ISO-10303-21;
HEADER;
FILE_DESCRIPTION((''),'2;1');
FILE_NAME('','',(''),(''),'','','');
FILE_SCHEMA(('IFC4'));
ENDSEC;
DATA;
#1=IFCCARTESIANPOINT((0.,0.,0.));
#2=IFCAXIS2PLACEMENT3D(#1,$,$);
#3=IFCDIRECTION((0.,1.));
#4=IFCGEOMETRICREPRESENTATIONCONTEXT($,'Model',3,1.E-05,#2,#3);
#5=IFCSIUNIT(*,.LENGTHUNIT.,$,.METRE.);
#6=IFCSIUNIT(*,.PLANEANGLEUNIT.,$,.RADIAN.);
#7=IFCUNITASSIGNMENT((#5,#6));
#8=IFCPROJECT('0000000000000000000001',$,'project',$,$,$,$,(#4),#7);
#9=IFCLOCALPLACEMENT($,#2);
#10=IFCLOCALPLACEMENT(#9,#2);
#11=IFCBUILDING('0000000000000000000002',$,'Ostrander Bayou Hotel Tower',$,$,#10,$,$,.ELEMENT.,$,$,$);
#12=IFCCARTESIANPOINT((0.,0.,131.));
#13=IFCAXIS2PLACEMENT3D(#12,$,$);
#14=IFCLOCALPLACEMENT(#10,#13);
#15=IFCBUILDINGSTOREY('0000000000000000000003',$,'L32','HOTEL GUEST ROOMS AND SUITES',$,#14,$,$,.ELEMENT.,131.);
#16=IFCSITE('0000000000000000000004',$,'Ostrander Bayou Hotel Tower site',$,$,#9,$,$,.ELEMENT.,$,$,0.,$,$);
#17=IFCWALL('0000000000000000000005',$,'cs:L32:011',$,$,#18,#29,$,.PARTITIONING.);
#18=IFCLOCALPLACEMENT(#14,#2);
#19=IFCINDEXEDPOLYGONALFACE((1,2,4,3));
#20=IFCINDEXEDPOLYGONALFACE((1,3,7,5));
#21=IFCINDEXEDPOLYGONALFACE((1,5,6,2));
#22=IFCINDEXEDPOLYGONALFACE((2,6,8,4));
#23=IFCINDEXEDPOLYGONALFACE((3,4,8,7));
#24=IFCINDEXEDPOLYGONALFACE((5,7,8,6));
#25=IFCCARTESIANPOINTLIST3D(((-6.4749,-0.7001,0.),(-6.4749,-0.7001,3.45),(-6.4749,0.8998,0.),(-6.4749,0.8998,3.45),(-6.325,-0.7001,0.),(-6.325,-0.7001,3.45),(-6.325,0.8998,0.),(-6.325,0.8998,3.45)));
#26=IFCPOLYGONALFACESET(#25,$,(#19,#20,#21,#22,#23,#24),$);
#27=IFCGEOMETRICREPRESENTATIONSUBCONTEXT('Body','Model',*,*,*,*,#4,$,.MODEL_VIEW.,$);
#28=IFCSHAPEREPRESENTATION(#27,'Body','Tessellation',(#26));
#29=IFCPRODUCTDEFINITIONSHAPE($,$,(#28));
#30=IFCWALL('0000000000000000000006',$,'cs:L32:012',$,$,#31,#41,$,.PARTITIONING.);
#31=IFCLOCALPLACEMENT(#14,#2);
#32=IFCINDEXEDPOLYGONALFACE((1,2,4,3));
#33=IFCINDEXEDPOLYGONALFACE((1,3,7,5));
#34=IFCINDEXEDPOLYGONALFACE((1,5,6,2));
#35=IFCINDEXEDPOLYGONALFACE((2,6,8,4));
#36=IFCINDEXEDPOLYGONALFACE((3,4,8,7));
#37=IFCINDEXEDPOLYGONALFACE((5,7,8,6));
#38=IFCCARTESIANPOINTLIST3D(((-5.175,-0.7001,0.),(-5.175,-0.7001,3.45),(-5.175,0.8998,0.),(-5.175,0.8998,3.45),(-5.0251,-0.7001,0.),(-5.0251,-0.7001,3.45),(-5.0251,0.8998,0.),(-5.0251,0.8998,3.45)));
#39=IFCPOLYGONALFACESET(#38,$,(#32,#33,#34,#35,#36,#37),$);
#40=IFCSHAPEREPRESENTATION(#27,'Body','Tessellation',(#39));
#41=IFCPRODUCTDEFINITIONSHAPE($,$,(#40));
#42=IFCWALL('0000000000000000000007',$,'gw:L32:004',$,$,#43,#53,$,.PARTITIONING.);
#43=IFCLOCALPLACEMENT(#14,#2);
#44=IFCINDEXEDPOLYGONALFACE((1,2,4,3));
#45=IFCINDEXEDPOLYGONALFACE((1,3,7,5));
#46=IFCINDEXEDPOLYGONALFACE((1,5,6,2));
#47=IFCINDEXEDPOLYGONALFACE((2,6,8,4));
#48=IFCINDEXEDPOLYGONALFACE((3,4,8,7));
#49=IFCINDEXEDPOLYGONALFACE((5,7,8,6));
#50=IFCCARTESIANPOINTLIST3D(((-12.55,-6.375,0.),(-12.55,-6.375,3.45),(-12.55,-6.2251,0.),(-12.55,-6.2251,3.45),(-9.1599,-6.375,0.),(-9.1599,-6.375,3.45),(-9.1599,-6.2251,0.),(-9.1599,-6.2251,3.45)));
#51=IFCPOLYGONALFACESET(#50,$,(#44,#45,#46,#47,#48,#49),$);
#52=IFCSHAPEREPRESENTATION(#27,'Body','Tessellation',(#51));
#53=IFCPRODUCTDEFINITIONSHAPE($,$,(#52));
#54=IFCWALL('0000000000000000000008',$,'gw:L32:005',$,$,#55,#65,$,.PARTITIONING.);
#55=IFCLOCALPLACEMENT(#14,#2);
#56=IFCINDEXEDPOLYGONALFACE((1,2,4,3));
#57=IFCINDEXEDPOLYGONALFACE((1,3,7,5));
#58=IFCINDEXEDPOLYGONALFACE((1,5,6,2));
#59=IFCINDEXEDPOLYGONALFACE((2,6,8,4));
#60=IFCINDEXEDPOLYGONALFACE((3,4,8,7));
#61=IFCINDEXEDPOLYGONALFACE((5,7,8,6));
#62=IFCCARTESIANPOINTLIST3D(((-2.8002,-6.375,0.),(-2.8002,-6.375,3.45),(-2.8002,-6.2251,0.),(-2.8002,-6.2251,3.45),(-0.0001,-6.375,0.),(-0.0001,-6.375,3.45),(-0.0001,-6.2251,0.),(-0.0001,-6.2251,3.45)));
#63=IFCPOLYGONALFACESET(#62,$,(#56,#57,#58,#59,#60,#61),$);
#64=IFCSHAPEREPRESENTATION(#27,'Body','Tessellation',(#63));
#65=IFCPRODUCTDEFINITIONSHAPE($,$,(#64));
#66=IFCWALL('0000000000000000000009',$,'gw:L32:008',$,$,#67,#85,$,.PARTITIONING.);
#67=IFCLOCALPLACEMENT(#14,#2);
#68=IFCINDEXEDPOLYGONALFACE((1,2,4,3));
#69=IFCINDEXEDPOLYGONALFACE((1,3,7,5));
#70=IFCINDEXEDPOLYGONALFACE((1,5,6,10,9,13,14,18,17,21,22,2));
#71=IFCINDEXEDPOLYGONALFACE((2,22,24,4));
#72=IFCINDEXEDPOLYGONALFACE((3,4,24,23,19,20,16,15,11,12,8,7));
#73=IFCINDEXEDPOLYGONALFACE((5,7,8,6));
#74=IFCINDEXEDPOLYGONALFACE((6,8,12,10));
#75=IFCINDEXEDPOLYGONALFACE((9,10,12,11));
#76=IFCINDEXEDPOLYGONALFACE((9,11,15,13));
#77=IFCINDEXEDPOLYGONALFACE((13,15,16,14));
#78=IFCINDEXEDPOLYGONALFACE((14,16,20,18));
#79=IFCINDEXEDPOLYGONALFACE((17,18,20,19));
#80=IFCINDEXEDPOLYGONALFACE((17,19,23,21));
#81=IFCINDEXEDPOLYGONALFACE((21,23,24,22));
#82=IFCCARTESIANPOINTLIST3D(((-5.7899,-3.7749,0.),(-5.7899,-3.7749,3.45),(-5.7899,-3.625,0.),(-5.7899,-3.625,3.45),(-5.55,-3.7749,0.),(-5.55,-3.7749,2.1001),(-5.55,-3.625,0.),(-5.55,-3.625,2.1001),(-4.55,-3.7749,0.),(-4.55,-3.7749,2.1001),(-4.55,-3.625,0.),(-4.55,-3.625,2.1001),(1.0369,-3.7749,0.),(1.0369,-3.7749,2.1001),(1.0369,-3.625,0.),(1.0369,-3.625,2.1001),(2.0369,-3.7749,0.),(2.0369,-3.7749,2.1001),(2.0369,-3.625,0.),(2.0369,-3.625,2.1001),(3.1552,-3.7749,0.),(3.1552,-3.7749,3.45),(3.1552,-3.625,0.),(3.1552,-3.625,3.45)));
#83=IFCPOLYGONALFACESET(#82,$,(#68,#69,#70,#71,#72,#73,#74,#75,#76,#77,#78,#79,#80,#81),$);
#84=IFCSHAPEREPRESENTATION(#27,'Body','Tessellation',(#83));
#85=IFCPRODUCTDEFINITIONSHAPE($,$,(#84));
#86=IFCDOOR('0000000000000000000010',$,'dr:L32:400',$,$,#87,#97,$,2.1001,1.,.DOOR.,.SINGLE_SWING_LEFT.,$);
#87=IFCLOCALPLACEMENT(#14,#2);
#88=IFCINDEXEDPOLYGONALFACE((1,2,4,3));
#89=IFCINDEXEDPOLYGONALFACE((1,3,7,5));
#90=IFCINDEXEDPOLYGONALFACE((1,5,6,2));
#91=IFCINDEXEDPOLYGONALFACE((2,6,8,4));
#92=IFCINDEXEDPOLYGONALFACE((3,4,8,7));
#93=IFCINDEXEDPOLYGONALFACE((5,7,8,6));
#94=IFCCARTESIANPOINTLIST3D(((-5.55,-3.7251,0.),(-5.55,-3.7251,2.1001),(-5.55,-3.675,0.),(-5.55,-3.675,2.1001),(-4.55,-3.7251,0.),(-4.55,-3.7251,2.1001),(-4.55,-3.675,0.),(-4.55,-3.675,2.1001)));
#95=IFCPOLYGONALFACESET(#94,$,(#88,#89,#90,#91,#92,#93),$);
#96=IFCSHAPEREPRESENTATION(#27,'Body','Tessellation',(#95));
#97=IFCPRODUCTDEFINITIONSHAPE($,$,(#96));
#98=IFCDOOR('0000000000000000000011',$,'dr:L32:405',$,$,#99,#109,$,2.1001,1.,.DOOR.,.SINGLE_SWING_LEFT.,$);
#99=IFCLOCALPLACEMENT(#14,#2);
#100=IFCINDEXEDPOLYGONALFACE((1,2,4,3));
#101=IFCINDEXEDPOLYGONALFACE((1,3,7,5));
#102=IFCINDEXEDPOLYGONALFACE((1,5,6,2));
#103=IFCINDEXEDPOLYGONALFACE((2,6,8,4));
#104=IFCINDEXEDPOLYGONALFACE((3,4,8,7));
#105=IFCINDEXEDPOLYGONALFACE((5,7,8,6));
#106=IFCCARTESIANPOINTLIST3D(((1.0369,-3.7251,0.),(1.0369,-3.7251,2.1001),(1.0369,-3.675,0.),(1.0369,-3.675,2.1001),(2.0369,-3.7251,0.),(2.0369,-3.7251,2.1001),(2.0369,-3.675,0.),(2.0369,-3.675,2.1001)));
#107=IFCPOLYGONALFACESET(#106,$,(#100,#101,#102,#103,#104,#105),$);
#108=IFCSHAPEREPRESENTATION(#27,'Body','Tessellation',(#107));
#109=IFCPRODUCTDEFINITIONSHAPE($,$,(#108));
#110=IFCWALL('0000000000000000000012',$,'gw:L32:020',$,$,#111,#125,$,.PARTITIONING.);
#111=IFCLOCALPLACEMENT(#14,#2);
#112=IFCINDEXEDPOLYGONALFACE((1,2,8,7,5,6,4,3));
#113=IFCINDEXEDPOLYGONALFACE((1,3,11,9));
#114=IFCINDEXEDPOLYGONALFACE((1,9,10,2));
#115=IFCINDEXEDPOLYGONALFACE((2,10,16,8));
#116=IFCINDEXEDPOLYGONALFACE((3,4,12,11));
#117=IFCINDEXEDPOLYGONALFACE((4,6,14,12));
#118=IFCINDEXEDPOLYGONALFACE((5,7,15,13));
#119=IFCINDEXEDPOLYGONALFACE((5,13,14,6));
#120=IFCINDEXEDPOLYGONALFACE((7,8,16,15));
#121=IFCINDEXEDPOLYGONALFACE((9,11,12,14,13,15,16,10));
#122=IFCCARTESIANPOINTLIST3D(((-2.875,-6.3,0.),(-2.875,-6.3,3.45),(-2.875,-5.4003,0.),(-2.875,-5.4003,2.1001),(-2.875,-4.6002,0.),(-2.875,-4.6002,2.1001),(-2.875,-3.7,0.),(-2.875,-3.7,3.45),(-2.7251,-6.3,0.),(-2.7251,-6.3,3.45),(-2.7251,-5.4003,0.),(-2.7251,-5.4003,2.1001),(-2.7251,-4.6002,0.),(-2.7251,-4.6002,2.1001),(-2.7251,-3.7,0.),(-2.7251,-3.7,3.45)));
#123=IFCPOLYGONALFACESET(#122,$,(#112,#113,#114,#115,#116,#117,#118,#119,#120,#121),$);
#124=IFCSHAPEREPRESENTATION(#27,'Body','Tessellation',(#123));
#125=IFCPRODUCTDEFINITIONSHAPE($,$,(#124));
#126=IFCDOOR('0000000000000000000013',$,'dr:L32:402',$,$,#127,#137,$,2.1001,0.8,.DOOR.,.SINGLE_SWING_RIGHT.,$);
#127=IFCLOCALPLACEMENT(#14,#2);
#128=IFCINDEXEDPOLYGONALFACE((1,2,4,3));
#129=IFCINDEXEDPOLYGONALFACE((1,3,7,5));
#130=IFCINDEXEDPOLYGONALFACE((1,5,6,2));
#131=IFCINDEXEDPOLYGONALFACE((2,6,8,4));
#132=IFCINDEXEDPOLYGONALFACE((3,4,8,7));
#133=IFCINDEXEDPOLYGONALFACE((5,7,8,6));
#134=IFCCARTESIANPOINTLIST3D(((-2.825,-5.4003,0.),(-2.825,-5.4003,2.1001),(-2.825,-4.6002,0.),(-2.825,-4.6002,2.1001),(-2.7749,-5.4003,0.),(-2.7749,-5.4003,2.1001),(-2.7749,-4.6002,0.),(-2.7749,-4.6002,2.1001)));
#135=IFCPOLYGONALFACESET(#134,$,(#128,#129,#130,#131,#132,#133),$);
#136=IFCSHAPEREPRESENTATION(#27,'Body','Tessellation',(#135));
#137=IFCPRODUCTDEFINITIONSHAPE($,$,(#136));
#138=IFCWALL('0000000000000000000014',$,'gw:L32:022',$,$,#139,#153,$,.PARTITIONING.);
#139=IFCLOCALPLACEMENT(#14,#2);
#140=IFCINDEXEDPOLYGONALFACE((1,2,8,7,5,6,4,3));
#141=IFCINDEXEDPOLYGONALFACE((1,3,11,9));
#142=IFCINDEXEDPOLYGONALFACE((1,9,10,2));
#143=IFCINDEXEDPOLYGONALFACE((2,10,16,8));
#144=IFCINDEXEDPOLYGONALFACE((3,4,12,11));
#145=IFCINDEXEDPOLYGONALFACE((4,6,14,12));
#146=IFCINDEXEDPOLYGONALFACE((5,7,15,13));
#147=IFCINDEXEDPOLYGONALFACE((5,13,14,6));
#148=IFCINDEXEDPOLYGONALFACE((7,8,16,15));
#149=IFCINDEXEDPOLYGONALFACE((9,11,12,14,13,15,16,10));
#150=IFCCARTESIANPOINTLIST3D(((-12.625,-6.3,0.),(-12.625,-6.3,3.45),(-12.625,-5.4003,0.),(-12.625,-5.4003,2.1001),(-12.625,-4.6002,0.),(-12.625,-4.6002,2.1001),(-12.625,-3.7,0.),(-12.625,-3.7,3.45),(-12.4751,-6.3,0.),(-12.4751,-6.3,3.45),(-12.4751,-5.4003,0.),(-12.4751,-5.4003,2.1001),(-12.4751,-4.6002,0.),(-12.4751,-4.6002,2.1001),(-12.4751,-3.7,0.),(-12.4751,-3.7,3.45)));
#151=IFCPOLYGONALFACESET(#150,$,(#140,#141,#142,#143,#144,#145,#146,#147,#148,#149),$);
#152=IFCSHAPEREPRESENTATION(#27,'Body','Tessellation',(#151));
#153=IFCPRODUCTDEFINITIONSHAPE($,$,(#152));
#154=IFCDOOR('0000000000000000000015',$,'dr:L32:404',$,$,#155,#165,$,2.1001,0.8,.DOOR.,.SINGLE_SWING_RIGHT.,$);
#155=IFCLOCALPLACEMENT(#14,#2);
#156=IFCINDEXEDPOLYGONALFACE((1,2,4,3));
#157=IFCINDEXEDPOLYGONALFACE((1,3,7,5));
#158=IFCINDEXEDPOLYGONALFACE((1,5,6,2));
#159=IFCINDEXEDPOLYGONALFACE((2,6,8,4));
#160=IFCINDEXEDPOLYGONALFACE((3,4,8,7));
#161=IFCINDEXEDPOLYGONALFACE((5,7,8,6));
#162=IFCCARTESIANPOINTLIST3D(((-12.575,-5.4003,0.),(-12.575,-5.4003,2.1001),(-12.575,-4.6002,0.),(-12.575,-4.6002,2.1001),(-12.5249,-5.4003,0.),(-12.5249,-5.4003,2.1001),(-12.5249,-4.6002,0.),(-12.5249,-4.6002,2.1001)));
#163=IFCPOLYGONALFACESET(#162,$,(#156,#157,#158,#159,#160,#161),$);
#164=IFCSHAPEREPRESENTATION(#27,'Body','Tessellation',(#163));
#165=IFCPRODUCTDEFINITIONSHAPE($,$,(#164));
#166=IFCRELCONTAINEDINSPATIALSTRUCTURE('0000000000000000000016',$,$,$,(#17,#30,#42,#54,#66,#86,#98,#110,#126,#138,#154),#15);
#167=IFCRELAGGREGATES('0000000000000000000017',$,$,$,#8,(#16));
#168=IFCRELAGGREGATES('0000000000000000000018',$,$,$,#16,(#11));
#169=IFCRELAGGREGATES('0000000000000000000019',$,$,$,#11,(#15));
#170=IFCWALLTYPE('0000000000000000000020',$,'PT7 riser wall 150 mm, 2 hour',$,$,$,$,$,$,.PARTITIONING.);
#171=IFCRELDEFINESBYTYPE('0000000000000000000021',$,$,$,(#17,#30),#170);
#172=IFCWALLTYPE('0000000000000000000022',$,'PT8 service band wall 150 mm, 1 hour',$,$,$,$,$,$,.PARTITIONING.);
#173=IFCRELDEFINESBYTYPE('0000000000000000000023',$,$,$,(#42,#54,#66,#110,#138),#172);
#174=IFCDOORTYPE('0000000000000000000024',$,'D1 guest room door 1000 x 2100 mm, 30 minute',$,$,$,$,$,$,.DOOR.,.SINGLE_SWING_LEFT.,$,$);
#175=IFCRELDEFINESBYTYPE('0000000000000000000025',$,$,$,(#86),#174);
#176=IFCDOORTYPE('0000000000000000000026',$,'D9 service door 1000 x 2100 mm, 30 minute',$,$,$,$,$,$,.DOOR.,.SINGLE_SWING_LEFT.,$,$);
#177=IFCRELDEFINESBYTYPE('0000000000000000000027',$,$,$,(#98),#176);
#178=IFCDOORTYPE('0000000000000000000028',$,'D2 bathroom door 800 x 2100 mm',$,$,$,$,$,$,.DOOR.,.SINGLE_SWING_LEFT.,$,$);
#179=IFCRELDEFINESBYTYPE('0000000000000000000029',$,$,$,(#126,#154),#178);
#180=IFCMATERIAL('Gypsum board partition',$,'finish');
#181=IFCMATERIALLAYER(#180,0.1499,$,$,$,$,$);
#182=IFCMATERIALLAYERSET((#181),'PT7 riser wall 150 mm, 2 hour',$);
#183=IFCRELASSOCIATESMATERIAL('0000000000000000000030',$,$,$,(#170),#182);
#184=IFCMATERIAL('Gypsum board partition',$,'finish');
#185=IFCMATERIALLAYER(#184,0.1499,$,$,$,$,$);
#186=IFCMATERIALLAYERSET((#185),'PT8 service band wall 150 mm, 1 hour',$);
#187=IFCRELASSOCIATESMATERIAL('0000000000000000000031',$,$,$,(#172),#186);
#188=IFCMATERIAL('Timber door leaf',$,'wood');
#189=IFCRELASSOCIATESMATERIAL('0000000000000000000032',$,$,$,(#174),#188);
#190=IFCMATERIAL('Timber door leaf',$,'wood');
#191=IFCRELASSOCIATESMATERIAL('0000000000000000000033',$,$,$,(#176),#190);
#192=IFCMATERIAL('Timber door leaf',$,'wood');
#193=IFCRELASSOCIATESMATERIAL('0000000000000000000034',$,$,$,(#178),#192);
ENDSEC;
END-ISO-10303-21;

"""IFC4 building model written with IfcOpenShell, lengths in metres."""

from ifc_helpers import new_model, si_unit, direction, frame, frame_2d, origin, place, context, subcontext, project, spatial, rectangle, extrude, material, layer, layer_set, type_object, element, fill, save


model = new_model("IFC4")

# Units and contexts
model_context = context("Model", 3, precision=1e-05, world=origin(), true_north=direction((0.0, 1.0)))
body_context = subcontext(model_context, "Body", "Model", "MODEL_VIEW")
ifc_project = project(units=[si_unit("LENGTHUNIT", "METRE"), si_unit("PLANEANGLEUNIT", "RADIAN")], contexts=[model_context])

# Site, building, storey
site_placement = place(None, origin())
site = spatial("IfcSite", under=ifc_project, at=site_placement, Name="Ostrander Bayou Hotel Tower site", CompositionType="ELEMENT", RefElevation=0.0)
building_placement = place(site_placement, origin())
building = spatial("IfcBuilding", under=site, at=building_placement, Name="Ostrander Bayou Hotel Tower", CompositionType="ELEMENT")
storey_placement = place(building_placement, frame((0.0, 0.0, 131.0)))
storey = spatial("IfcBuildingStorey", under=building, at=storey_placement, Name="L32", Description="HOTEL GUEST ROOMS AND SUITES", CompositionType="ELEMENT", Elevation=131.0)

# Walls
ifc_material_1 = material(Name="Gypsum board partition", Category="finish")
ifc_layer_1 = layer(ifc_material_1, 0.1499)
ifc_layer_set_1 = layer_set([ifc_layer_1], Name="PT7 riser wall 150 mm, 2 hour")
wall_type_1 = type_object("IfcWallType", Name="PT7 riser wall 150 mm, 2 hour", PredefinedType="PARTITIONING", material=ifc_layer_set_1)
for number, where, z_axis, x_axis, name in (
    (1, (-6.3999, -0.7, 0.0), (0.0, 0.0, 1.0), (0.0, 1.0, 0.0), "cs:L32:011"),
    (2, (-5.1001, -0.7, 0.0), (0.0, 0.0, 1.0), (0.0, 1.0, 0.0), "cs:L32:012"),
):
    element("IfcWall", number, at=place(storey_placement, frame(where, z_axis=z_axis, x_axis=x_axis)), inside=storey, type_object=wall_type_1, Name=name, PredefinedType="PARTITIONING", context=body_context, shape_type="SweptSolid", body=[
        extrude(rectangle(XDim=1.5999, YDim=0.1499, at=frame_2d((0.7998, 0.0))), origin(), (0.0, 0.0, 1.0), 3.45),
    ])
ifc_material_2 = material(Name="Gypsum board partition", Category="finish")
ifc_layer_2 = layer(ifc_material_2, 0.1499)
ifc_layer_set_2 = layer_set([ifc_layer_2], Name="PT8 service band wall 150 mm, 1 hour")
wall_type_2 = type_object("IfcWallType", Name="PT8 service band wall 150 mm, 1 hour", PredefinedType="PARTITIONING", material=ifc_layer_set_2)
wall_1_placement = place(storey_placement, frame((-12.55, -6.3, 0.0), z_axis=(0.0, 0.0, 1.0), x_axis=(1.0, 0.0, 0.0)))
element("IfcWall", 3, at=wall_1_placement, inside=storey, type_object=wall_type_2, Name="gw:L32:004", PredefinedType="PARTITIONING", context=body_context, shape_type="SweptSolid", body=[
    extrude(rectangle(XDim=3.3901, YDim=0.1499, at=frame_2d((1.6951, 0.0))), origin(), (0.0, 0.0, 1.0), 3.45),
])
wall_2_placement = place(storey_placement, frame((-2.8, -6.3, 0.0), z_axis=(0.0, 0.0, 1.0), x_axis=(1.0, 0.0, 0.0)))
element("IfcWall", 4, at=wall_2_placement, inside=storey, type_object=wall_type_2, Name="gw:L32:005", PredefinedType="PARTITIONING", context=body_context, shape_type="SweptSolid", body=[
    extrude(rectangle(XDim=2.8, YDim=0.1499, at=frame_2d((1.3999, 0.0))), origin(), (0.0, 0.0, 1.0), 3.45),
])

# Wall, openings, doors
wall_3_placement = place(storey_placement, frame((-5.79, -3.7, 0.0), z_axis=(0.0, 0.0, 1.0), x_axis=(1.0, 0.0, 0.0)))
wall_3 = element("IfcWall", 5, at=wall_3_placement, inside=storey, type_object=wall_type_2, Name="gw:L32:008", PredefinedType="PARTITIONING", context=body_context, shape_type="SweptSolid", body=[
    extrude(rectangle(XDim=8.9451, YDim=0.1499, at=frame_2d((4.4727, 0.0))), origin(), (0.0, 0.0, 1.0), 3.45),
])
opening_1_placement = place(wall_3_placement, frame((0.24, 0.0, 0.0)))
opening_1 = element("IfcOpeningElement", 6, at=opening_1_placement, cuts=wall_3, PredefinedType="OPENING", context=body_context, shape_type="SweptSolid", body=[
    extrude(rectangle(XDim=1.0, YDim=2.1001, at=frame_2d((0.5, 1.05))), frame((0.0, 0.075, 0.0), z_axis=(0.0, -1.0, 0.0), x_axis=(1.0, 0.0, 0.0)), (0.0, 0.0, 1.0), 0.1499),
])
opening_2_placement = place(wall_3_placement, frame((6.8269, 0.0, 0.0)))
opening_2 = element("IfcOpeningElement", 7, at=opening_2_placement, cuts=wall_3, PredefinedType="OPENING", context=body_context, shape_type="SweptSolid", body=[
    extrude(rectangle(XDim=1.0, YDim=2.1001, at=frame_2d((0.5, 1.05))), frame((0.0, 0.075, 0.0), z_axis=(0.0, -1.0, 0.0), x_axis=(1.0, 0.0, 0.0)), (0.0, 0.0, 1.0), 0.1499),
])
ifc_material_3 = material(Name="Timber door leaf", Category="wood")
door_type_1 = type_object("IfcDoorType", Name="D1 guest room door 1000 x 2100 mm, 30 minute", OperationType="SINGLE_SWING_LEFT", PredefinedType="DOOR", material=ifc_material_3)
door_1_placement = place(opening_1_placement, origin())
door_1 = element("IfcDoor", 8, at=door_1_placement, inside=storey, type_object=door_type_1, Name="dr:L32:400", OperationType="SINGLE_SWING_LEFT", OverallHeight=2.1001, OverallWidth=1.0, PredefinedType="DOOR", context=body_context, shape_type="SweptSolid", body=[
    extrude(rectangle(XDim=1.0, YDim=2.1001, at=frame_2d((0.5, 1.05))), frame((0.0, 0.0249, 0.0), z_axis=(0.0, -1.0, 0.0), x_axis=(1.0, 0.0, 0.0)), (0.0, 0.0, 1.0), 0.05),
])
fill(opening_1, door_1)
ifc_material_4 = material(Name="Timber door leaf", Category="wood")
door_type_2 = type_object("IfcDoorType", Name="D9 service door 1000 x 2100 mm, 30 minute", OperationType="SINGLE_SWING_LEFT", PredefinedType="DOOR", material=ifc_material_4)
door_2_placement = place(opening_2_placement, origin())
door_2 = element("IfcDoor", 9, at=door_2_placement, inside=storey, type_object=door_type_2, Name="dr:L32:405", OperationType="SINGLE_SWING_LEFT", OverallHeight=2.1001, OverallWidth=1.0, PredefinedType="DOOR", context=body_context, shape_type="SweptSolid", body=[
    extrude(rectangle(XDim=1.0, YDim=2.1001, at=frame_2d((0.5, 1.05))), frame((0.0, 0.0249, 0.0), z_axis=(0.0, -1.0, 0.0), x_axis=(1.0, 0.0, 0.0)), (0.0, 0.0, 1.0), 0.05),
])
fill(opening_2, door_2)

# Walls, openings, doors
wall_4_placement = place(storey_placement, frame((-2.8, -6.3, 0.0), z_axis=(0.0, 0.0, 1.0), x_axis=(0.0, 1.0, 0.0)))
wall_4 = element("IfcWall", 10, at=wall_4_placement, inside=storey, type_object=wall_type_2, Name="gw:L32:020", PredefinedType="PARTITIONING", context=body_context, shape_type="SweptSolid", body=[
    extrude(rectangle(XDim=2.6001, YDim=0.1499, at=frame_2d((1.3, 0.0))), origin(), (0.0, 0.0, 1.0), 3.45),
])
opening_3_placement = place(wall_4_placement, frame((0.8999, 0.0, 0.0)))
opening_3 = element("IfcOpeningElement", 11, at=opening_3_placement, cuts=wall_4, PredefinedType="OPENING", context=body_context, shape_type="SweptSolid", body=[
    extrude(rectangle(XDim=0.8, YDim=2.1001, at=frame_2d((0.3999, 1.05))), frame((0.0, 0.075, 0.0), z_axis=(0.0, -1.0, 0.0), x_axis=(1.0, 0.0, 0.0)), (0.0, 0.0, 1.0), 0.1499),
])
ifc_material_5 = material(Name="Timber door leaf", Category="wood")
door_type_3 = type_object("IfcDoorType", Name="D2 bathroom door 800 x 2100 mm", OperationType="SINGLE_SWING_LEFT", PredefinedType="DOOR", material=ifc_material_5)
door_3_placement = place(opening_3_placement, origin())
door_3 = element("IfcDoor", 12, at=door_3_placement, inside=storey, type_object=door_type_3, Name="dr:L32:402", OperationType="SINGLE_SWING_RIGHT", OverallHeight=2.1001, OverallWidth=0.8, PredefinedType="DOOR", context=body_context, shape_type="SweptSolid", body=[
    extrude(rectangle(XDim=0.8, YDim=2.1001, at=frame_2d((0.3999, 1.05))), frame((0.0, 0.0249, 0.0), z_axis=(0.0, -1.0, 0.0), x_axis=(1.0, 0.0, 0.0)), (0.0, 0.0, 1.0), 0.05),
])
fill(opening_3, door_3)
wall_5_placement = place(storey_placement, frame((-12.55, -6.3, 0.0), z_axis=(0.0, 0.0, 1.0), x_axis=(0.0, 1.0, 0.0)))
wall_5 = element("IfcWall", 13, at=wall_5_placement, inside=storey, type_object=wall_type_2, Name="gw:L32:022", PredefinedType="PARTITIONING", context=body_context, shape_type="SweptSolid", body=[
    extrude(rectangle(XDim=2.6001, YDim=0.1499, at=frame_2d((1.3, 0.0))), origin(), (0.0, 0.0, 1.0), 3.45),
])
opening_4_placement = place(wall_5_placement, frame((0.8999, 0.0, 0.0)))
opening_4 = element("IfcOpeningElement", 14, at=opening_4_placement, cuts=wall_5, PredefinedType="OPENING", context=body_context, shape_type="SweptSolid", body=[
    extrude(rectangle(XDim=0.8, YDim=2.1001, at=frame_2d((0.3999, 1.05))), frame((0.0, 0.075, 0.0), z_axis=(0.0, -1.0, 0.0), x_axis=(1.0, 0.0, 0.0)), (0.0, 0.0, 1.0), 0.1499),
])
door_4_placement = place(opening_4_placement, origin())
door_4 = element("IfcDoor", 15, at=door_4_placement, inside=storey, type_object=door_type_3, Name="dr:L32:404", OperationType="SINGLE_SWING_RIGHT", OverallHeight=2.1001, OverallWidth=0.8, PredefinedType="DOOR", context=body_context, shape_type="SweptSolid", body=[
    extrude(rectangle(XDim=0.8, YDim=2.1001, at=frame_2d((0.3999, 1.05))), frame((0.0, 0.0249, 0.0), z_axis=(0.0, -1.0, 0.0), x_axis=(1.0, 0.0, 0.0)), (0.0, 0.0, 1.0), 0.05),
])
fill(opening_4, door_4)

save(model, "model.ifc")
